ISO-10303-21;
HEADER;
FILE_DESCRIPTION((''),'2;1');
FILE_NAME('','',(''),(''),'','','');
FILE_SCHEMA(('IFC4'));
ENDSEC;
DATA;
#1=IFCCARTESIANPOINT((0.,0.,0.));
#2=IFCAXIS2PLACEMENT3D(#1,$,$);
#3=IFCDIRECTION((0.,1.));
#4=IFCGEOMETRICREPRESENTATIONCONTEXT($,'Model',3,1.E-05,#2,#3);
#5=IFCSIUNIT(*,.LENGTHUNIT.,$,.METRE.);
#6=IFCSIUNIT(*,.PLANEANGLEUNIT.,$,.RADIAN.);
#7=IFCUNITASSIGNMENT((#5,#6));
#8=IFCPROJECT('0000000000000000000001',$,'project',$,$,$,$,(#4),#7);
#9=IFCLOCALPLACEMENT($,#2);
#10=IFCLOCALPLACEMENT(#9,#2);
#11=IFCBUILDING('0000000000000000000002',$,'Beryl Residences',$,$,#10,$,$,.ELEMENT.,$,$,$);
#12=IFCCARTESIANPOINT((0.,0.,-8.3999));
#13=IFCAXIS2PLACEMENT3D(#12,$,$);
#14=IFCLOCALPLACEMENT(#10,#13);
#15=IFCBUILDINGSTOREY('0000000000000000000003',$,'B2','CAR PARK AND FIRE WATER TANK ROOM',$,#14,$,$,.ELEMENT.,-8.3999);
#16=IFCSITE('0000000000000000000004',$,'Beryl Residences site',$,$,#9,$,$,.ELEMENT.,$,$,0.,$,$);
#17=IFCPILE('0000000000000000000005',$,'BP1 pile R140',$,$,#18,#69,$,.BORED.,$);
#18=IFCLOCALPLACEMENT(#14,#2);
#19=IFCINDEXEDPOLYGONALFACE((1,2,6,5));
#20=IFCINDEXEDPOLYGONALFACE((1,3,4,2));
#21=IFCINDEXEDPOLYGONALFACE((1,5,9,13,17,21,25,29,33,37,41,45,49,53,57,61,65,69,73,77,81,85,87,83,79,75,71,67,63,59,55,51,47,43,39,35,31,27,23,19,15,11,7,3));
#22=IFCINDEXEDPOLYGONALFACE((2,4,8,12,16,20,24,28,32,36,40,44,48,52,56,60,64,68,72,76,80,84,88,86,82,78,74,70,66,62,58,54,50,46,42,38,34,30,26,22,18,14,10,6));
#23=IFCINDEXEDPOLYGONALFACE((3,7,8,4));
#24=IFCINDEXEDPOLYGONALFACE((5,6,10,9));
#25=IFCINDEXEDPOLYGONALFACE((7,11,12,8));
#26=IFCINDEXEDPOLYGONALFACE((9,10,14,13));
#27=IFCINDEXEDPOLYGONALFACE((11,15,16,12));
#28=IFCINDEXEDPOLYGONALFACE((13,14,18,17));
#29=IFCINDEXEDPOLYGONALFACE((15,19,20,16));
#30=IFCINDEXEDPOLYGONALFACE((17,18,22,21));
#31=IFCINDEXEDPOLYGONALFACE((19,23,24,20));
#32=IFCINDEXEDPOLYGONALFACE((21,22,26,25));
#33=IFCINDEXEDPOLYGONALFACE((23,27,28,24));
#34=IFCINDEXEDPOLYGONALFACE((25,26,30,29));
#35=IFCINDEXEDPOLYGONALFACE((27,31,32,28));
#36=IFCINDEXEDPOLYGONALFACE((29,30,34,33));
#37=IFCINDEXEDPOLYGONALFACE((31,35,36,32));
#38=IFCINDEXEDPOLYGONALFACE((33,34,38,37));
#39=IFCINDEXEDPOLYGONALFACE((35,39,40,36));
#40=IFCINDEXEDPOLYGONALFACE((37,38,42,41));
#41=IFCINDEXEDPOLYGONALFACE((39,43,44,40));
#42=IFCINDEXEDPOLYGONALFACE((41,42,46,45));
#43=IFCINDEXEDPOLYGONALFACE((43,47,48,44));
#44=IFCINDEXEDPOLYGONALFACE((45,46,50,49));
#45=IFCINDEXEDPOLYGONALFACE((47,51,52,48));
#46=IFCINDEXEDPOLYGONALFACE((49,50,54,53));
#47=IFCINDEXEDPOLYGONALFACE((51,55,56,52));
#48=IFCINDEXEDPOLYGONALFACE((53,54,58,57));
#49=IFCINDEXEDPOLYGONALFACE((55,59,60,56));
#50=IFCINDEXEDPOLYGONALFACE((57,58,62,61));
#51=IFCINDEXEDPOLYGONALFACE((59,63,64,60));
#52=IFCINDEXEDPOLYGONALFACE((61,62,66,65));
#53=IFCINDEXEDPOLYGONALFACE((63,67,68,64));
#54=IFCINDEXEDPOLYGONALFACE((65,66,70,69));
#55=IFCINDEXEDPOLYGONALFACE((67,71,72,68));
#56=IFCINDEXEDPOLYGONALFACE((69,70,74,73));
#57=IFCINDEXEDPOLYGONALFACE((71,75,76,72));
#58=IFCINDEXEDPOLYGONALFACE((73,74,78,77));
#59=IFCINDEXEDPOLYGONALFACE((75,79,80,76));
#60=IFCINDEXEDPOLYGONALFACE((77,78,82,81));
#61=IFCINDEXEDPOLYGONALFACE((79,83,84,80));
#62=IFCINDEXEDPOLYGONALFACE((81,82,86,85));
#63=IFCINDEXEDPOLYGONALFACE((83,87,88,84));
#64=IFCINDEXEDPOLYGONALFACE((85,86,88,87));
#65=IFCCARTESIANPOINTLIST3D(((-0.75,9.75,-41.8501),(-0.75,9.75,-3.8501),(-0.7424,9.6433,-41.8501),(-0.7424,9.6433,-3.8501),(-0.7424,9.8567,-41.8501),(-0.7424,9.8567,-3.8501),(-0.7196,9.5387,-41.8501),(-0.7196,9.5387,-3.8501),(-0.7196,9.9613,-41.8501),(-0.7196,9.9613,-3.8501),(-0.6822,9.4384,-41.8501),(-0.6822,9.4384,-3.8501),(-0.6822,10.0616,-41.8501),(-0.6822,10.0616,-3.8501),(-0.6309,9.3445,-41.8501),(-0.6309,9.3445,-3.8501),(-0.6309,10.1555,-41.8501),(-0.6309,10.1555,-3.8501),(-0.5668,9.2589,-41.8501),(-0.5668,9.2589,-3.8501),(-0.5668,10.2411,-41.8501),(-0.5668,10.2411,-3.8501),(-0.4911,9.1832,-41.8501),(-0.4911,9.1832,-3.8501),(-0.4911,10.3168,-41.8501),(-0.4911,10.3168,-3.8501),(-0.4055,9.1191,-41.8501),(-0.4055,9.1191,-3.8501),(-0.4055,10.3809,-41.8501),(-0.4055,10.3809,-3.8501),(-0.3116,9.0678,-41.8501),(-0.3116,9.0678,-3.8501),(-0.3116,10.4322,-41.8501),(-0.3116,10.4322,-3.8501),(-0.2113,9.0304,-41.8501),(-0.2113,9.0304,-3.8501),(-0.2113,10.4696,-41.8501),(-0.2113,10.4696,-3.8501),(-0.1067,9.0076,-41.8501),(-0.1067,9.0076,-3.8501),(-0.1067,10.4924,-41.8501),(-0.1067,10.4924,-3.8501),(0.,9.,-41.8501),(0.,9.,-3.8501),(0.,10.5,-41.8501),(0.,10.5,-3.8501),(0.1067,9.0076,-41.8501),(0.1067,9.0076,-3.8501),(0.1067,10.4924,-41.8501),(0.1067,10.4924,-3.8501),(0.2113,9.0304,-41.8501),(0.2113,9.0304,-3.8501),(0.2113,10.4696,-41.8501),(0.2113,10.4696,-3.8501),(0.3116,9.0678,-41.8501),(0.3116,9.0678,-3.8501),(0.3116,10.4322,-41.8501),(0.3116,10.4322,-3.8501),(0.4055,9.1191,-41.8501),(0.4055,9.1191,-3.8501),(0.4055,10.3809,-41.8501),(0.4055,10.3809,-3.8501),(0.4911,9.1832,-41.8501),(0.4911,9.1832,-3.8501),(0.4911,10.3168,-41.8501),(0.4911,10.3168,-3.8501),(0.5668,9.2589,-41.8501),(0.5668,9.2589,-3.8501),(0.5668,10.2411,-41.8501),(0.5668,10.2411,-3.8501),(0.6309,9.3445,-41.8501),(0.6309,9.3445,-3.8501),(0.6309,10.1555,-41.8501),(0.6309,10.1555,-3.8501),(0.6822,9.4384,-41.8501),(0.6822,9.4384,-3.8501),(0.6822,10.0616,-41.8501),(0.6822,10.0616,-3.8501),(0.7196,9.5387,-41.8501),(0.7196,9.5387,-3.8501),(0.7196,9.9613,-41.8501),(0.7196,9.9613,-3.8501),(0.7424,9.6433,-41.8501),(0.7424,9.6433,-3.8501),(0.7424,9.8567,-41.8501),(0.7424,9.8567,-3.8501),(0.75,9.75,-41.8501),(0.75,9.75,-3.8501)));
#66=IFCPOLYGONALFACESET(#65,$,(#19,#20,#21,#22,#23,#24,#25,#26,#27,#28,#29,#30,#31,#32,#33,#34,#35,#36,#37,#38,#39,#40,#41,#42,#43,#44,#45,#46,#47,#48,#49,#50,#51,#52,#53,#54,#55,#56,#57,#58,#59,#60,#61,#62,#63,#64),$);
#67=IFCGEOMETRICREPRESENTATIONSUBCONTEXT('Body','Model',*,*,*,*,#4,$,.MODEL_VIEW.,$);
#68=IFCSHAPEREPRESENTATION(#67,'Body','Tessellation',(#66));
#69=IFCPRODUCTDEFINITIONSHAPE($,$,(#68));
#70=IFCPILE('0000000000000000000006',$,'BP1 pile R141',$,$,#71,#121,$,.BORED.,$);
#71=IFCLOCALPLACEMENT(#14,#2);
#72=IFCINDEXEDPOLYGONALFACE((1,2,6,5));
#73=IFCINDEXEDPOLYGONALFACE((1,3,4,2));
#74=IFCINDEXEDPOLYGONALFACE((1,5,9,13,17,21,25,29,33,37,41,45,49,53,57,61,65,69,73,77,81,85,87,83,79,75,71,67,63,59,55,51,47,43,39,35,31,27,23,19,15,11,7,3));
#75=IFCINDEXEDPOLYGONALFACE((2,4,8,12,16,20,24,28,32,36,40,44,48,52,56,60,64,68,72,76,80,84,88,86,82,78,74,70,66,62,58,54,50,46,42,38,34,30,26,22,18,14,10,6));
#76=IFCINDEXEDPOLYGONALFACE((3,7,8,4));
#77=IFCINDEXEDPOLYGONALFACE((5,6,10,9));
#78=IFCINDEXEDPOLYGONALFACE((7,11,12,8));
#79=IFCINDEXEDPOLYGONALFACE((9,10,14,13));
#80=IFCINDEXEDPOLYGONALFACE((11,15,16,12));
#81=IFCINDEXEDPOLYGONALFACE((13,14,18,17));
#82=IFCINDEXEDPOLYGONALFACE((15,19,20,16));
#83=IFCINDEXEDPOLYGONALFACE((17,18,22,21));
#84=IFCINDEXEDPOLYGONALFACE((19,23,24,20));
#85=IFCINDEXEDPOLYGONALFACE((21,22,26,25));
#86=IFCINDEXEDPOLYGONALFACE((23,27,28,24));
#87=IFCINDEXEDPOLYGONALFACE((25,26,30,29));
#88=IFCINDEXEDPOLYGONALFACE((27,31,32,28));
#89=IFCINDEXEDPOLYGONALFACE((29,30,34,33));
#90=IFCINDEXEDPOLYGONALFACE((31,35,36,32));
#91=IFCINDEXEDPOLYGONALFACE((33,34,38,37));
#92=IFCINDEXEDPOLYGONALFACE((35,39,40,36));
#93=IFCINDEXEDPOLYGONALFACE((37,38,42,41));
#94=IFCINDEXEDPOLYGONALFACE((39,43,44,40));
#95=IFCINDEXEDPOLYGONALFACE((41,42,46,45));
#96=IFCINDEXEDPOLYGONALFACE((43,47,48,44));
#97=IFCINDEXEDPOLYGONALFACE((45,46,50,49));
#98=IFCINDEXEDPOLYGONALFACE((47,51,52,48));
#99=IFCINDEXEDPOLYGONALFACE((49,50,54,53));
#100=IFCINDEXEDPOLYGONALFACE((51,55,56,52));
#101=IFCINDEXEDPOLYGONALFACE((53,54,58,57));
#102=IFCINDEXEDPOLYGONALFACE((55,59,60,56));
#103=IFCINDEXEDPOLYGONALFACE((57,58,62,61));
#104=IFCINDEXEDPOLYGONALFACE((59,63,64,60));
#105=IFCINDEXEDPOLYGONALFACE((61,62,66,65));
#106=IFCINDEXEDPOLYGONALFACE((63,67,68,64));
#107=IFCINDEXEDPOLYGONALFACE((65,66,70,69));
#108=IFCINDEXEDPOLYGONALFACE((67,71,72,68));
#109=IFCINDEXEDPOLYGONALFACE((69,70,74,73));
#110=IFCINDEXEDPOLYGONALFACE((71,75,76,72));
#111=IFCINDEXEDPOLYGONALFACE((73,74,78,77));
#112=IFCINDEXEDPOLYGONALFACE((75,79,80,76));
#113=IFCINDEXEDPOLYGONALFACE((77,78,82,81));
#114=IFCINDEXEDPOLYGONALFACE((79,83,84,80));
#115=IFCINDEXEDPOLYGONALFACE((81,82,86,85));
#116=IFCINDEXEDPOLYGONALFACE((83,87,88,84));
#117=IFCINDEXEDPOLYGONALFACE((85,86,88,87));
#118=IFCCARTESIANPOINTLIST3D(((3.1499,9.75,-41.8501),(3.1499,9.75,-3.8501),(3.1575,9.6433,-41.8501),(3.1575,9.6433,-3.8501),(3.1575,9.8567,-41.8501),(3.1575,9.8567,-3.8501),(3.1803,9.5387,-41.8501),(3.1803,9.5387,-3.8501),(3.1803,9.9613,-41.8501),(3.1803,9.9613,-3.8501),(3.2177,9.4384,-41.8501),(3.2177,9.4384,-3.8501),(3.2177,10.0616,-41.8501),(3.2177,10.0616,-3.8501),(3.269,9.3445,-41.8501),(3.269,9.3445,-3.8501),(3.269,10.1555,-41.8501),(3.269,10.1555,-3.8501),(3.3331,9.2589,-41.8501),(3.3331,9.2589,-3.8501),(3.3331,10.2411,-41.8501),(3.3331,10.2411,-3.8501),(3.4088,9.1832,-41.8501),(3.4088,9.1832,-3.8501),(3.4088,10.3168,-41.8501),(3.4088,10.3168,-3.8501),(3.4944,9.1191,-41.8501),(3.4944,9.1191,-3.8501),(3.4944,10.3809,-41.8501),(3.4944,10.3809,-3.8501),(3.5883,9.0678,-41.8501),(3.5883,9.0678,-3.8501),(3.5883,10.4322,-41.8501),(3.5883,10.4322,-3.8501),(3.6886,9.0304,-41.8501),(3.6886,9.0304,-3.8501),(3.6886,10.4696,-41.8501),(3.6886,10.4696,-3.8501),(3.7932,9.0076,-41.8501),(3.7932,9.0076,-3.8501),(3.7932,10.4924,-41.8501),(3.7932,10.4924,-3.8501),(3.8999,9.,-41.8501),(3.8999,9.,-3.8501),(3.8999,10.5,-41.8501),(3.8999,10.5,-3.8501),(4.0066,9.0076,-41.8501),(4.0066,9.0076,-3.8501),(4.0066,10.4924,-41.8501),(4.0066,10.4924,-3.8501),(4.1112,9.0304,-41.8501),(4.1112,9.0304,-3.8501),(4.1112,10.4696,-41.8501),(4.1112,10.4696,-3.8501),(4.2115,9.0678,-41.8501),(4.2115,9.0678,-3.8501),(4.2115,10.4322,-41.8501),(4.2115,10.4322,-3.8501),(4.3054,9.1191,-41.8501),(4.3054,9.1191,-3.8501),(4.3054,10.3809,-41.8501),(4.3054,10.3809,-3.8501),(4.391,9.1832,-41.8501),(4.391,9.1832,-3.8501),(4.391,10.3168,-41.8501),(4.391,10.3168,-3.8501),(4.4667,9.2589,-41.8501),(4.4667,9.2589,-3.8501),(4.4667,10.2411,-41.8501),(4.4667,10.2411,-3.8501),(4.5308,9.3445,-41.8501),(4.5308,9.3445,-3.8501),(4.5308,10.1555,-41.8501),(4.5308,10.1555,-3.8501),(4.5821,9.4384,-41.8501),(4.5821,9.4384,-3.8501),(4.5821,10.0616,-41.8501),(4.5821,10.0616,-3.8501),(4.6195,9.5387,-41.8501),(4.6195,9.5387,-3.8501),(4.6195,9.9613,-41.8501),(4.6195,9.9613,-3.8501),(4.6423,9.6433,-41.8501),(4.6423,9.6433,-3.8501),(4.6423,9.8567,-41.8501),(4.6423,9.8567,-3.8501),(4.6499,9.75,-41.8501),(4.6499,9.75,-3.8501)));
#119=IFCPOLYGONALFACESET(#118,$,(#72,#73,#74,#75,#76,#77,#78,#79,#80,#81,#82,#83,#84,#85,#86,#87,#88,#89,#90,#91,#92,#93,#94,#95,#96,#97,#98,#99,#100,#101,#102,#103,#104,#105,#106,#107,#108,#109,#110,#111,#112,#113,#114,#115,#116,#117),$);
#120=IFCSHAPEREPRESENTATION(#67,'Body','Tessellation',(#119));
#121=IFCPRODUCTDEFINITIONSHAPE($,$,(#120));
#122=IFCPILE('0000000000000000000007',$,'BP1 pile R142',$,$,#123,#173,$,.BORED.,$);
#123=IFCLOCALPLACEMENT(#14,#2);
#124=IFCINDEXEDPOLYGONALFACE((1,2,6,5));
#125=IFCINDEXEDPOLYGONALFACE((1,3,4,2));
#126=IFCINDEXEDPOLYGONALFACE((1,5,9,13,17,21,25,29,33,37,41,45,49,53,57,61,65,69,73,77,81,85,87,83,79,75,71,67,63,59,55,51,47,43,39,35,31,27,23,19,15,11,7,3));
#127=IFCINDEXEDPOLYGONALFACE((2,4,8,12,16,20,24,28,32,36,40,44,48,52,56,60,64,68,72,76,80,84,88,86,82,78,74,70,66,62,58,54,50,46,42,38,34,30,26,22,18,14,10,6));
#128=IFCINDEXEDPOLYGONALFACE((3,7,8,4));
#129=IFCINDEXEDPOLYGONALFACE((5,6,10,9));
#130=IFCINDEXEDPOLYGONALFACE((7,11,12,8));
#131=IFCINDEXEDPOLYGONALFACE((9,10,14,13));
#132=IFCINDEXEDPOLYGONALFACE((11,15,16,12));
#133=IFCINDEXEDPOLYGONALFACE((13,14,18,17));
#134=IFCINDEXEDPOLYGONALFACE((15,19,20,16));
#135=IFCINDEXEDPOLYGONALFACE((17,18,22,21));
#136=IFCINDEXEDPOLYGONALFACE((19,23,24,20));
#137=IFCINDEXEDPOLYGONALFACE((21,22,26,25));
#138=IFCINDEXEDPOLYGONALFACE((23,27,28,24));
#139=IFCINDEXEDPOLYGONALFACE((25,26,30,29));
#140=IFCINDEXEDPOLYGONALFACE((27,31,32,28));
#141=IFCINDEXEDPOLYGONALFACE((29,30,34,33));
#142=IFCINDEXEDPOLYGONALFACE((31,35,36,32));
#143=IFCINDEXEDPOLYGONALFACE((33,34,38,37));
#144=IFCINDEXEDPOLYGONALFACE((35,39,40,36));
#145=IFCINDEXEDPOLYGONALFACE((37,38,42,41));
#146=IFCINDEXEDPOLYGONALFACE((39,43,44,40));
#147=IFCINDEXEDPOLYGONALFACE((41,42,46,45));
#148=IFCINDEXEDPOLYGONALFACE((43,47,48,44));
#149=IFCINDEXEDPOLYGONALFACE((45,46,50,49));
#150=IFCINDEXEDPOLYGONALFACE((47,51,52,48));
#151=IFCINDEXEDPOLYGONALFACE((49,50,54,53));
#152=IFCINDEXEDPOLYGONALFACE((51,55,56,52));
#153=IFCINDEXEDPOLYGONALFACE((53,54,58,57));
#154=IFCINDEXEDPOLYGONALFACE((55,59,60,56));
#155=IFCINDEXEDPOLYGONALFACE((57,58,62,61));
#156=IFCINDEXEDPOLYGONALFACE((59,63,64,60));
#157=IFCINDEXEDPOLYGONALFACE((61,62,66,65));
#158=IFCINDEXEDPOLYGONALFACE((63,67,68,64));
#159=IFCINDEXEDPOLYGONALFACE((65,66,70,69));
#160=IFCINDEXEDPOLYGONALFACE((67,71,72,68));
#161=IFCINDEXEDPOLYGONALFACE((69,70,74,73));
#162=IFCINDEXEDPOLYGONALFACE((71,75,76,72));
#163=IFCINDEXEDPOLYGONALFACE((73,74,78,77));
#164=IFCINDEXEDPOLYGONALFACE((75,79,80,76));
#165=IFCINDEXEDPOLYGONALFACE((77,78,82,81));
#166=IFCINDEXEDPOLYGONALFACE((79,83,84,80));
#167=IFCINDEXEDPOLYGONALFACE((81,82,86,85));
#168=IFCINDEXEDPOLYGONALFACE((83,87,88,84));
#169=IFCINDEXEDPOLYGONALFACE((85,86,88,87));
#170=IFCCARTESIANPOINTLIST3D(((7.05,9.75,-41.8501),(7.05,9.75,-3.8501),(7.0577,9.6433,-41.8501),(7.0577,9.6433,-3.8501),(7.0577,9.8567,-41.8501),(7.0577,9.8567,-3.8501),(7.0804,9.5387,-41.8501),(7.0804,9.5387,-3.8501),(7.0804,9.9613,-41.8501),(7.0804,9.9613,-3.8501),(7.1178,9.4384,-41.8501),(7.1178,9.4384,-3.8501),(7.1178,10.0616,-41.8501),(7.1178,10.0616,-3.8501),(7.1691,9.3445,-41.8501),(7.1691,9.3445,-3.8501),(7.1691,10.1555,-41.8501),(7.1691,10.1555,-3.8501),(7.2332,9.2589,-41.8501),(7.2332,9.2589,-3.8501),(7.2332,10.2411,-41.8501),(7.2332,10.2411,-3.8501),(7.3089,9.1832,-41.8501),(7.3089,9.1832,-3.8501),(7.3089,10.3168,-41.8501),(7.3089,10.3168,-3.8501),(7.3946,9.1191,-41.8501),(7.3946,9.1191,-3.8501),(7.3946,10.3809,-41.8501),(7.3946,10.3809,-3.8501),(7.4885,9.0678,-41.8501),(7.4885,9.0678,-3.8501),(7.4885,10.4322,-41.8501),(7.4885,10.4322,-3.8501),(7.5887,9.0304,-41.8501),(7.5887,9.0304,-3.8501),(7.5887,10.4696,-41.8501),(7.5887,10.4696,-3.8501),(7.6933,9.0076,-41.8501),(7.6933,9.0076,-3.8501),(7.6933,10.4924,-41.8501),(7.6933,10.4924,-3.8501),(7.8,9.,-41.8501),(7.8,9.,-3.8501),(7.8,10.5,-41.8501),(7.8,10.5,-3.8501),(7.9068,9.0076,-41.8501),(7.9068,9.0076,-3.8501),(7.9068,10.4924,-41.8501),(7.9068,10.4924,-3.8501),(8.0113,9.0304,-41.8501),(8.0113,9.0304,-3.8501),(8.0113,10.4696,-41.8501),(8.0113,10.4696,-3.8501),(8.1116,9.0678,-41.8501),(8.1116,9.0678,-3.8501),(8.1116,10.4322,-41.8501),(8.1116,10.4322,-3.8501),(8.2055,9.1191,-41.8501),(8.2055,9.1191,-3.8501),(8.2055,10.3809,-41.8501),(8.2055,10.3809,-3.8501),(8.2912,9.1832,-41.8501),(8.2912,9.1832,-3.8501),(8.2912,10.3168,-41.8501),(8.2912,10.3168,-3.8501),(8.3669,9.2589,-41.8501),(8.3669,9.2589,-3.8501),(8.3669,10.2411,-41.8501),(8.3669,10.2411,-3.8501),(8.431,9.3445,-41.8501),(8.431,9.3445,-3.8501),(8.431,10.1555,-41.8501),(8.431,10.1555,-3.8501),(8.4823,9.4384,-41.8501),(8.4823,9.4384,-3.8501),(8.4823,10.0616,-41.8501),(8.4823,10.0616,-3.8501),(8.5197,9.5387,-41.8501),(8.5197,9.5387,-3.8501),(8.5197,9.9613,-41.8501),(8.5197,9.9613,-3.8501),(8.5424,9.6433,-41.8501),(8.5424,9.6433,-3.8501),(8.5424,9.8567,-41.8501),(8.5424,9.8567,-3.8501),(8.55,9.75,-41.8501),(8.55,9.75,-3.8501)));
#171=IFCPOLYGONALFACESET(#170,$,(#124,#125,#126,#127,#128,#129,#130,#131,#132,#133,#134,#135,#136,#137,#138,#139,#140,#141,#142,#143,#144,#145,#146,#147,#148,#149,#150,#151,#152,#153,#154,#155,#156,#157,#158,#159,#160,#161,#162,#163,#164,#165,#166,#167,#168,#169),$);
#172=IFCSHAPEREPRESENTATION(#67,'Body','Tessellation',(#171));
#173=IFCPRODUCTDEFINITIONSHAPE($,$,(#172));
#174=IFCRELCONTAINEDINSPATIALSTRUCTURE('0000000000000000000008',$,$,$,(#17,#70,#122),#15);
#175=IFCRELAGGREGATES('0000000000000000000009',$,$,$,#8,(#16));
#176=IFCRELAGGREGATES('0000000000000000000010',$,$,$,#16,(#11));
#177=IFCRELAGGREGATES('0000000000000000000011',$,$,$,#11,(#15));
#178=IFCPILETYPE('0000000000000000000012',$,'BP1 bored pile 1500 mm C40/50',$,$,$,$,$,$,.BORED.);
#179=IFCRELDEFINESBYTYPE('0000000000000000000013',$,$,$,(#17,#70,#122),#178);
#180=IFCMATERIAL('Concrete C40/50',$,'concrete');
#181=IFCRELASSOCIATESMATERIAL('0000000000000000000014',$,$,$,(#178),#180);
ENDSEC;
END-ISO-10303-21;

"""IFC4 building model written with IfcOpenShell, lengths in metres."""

from ifc_helpers import new_model, si_unit, direction, frame, origin, origin_2d, place, context, subcontext, project, spatial, circle, extrude, material, material_profile, profile_set, type_object, element, save


model = new_model("IFC4")

# Units and contexts
model_context = context("Model", 3, precision=1e-05, world=origin(), true_north=direction((0.0, 1.0)))
body_context = subcontext(model_context, "Body", "Model", "MODEL_VIEW")
ifc_project = project(units=[si_unit("LENGTHUNIT", "METRE"), si_unit("PLANEANGLEUNIT", "RADIAN")], contexts=[model_context])

# Site, building, storey
site_placement = place(None, origin())
site = spatial("IfcSite", under=ifc_project, at=site_placement, Name="Beryl Residences site", CompositionType="ELEMENT", RefElevation=0.0)
building_placement = place(site_placement, origin())
building = spatial("IfcBuilding", under=site, at=building_placement, Name="Beryl Residences", CompositionType="ELEMENT")
storey_placement = place(building_placement, frame((0.0, 0.0, -8.3999)))
storey = spatial("IfcBuildingStorey", under=building, at=storey_placement, Name="B2", Description="CAR PARK AND FIRE WATER TANK ROOM", CompositionType="ELEMENT", Elevation=-8.3999)

# Piles
ifc_material_1 = material(Name="Concrete C40/50", Category="concrete")
ifc_material_profile_1 = material_profile(ifc_material_1, circle(Radius=0.75, at=origin_2d()))
ifc_profile_set_1 = profile_set([ifc_material_profile_1], Name="Concrete C40/50")
pile_type = type_object("IfcPileType", Name="BP1 bored pile 1500 mm C40/50", PredefinedType="BORED", material=ifc_profile_set_1)
for number, where, z_axis, x_axis, name in (
    (1, (0.0, 9.75, -3.8501), (0.0, 0.0, -1.0), (1.0, 0.0, 0.0), "BP1 pile R140"),
    (2, (3.8999, 9.75, -3.8501), (0.0, 0.0, -1.0), (1.0, 0.0, 0.0), "BP1 pile R141"),
    (3, (7.8, 9.75, -3.8501), (0.0, 0.0, -1.0), (1.0, 0.0, 0.0), "BP1 pile R142"),
):
    element("IfcPile", number, at=place(storey_placement, frame(where, z_axis=z_axis, x_axis=x_axis)), inside=storey, type_object=pile_type, Name=name, PredefinedType="BORED", context=body_context, shape_type="SweptSolid", body=[
        extrude(circle(Radius=0.75, at=origin_2d()), origin(), (0.0, 0.0, 1.0), 38.0),
    ])

save(model, "model.ifc")
